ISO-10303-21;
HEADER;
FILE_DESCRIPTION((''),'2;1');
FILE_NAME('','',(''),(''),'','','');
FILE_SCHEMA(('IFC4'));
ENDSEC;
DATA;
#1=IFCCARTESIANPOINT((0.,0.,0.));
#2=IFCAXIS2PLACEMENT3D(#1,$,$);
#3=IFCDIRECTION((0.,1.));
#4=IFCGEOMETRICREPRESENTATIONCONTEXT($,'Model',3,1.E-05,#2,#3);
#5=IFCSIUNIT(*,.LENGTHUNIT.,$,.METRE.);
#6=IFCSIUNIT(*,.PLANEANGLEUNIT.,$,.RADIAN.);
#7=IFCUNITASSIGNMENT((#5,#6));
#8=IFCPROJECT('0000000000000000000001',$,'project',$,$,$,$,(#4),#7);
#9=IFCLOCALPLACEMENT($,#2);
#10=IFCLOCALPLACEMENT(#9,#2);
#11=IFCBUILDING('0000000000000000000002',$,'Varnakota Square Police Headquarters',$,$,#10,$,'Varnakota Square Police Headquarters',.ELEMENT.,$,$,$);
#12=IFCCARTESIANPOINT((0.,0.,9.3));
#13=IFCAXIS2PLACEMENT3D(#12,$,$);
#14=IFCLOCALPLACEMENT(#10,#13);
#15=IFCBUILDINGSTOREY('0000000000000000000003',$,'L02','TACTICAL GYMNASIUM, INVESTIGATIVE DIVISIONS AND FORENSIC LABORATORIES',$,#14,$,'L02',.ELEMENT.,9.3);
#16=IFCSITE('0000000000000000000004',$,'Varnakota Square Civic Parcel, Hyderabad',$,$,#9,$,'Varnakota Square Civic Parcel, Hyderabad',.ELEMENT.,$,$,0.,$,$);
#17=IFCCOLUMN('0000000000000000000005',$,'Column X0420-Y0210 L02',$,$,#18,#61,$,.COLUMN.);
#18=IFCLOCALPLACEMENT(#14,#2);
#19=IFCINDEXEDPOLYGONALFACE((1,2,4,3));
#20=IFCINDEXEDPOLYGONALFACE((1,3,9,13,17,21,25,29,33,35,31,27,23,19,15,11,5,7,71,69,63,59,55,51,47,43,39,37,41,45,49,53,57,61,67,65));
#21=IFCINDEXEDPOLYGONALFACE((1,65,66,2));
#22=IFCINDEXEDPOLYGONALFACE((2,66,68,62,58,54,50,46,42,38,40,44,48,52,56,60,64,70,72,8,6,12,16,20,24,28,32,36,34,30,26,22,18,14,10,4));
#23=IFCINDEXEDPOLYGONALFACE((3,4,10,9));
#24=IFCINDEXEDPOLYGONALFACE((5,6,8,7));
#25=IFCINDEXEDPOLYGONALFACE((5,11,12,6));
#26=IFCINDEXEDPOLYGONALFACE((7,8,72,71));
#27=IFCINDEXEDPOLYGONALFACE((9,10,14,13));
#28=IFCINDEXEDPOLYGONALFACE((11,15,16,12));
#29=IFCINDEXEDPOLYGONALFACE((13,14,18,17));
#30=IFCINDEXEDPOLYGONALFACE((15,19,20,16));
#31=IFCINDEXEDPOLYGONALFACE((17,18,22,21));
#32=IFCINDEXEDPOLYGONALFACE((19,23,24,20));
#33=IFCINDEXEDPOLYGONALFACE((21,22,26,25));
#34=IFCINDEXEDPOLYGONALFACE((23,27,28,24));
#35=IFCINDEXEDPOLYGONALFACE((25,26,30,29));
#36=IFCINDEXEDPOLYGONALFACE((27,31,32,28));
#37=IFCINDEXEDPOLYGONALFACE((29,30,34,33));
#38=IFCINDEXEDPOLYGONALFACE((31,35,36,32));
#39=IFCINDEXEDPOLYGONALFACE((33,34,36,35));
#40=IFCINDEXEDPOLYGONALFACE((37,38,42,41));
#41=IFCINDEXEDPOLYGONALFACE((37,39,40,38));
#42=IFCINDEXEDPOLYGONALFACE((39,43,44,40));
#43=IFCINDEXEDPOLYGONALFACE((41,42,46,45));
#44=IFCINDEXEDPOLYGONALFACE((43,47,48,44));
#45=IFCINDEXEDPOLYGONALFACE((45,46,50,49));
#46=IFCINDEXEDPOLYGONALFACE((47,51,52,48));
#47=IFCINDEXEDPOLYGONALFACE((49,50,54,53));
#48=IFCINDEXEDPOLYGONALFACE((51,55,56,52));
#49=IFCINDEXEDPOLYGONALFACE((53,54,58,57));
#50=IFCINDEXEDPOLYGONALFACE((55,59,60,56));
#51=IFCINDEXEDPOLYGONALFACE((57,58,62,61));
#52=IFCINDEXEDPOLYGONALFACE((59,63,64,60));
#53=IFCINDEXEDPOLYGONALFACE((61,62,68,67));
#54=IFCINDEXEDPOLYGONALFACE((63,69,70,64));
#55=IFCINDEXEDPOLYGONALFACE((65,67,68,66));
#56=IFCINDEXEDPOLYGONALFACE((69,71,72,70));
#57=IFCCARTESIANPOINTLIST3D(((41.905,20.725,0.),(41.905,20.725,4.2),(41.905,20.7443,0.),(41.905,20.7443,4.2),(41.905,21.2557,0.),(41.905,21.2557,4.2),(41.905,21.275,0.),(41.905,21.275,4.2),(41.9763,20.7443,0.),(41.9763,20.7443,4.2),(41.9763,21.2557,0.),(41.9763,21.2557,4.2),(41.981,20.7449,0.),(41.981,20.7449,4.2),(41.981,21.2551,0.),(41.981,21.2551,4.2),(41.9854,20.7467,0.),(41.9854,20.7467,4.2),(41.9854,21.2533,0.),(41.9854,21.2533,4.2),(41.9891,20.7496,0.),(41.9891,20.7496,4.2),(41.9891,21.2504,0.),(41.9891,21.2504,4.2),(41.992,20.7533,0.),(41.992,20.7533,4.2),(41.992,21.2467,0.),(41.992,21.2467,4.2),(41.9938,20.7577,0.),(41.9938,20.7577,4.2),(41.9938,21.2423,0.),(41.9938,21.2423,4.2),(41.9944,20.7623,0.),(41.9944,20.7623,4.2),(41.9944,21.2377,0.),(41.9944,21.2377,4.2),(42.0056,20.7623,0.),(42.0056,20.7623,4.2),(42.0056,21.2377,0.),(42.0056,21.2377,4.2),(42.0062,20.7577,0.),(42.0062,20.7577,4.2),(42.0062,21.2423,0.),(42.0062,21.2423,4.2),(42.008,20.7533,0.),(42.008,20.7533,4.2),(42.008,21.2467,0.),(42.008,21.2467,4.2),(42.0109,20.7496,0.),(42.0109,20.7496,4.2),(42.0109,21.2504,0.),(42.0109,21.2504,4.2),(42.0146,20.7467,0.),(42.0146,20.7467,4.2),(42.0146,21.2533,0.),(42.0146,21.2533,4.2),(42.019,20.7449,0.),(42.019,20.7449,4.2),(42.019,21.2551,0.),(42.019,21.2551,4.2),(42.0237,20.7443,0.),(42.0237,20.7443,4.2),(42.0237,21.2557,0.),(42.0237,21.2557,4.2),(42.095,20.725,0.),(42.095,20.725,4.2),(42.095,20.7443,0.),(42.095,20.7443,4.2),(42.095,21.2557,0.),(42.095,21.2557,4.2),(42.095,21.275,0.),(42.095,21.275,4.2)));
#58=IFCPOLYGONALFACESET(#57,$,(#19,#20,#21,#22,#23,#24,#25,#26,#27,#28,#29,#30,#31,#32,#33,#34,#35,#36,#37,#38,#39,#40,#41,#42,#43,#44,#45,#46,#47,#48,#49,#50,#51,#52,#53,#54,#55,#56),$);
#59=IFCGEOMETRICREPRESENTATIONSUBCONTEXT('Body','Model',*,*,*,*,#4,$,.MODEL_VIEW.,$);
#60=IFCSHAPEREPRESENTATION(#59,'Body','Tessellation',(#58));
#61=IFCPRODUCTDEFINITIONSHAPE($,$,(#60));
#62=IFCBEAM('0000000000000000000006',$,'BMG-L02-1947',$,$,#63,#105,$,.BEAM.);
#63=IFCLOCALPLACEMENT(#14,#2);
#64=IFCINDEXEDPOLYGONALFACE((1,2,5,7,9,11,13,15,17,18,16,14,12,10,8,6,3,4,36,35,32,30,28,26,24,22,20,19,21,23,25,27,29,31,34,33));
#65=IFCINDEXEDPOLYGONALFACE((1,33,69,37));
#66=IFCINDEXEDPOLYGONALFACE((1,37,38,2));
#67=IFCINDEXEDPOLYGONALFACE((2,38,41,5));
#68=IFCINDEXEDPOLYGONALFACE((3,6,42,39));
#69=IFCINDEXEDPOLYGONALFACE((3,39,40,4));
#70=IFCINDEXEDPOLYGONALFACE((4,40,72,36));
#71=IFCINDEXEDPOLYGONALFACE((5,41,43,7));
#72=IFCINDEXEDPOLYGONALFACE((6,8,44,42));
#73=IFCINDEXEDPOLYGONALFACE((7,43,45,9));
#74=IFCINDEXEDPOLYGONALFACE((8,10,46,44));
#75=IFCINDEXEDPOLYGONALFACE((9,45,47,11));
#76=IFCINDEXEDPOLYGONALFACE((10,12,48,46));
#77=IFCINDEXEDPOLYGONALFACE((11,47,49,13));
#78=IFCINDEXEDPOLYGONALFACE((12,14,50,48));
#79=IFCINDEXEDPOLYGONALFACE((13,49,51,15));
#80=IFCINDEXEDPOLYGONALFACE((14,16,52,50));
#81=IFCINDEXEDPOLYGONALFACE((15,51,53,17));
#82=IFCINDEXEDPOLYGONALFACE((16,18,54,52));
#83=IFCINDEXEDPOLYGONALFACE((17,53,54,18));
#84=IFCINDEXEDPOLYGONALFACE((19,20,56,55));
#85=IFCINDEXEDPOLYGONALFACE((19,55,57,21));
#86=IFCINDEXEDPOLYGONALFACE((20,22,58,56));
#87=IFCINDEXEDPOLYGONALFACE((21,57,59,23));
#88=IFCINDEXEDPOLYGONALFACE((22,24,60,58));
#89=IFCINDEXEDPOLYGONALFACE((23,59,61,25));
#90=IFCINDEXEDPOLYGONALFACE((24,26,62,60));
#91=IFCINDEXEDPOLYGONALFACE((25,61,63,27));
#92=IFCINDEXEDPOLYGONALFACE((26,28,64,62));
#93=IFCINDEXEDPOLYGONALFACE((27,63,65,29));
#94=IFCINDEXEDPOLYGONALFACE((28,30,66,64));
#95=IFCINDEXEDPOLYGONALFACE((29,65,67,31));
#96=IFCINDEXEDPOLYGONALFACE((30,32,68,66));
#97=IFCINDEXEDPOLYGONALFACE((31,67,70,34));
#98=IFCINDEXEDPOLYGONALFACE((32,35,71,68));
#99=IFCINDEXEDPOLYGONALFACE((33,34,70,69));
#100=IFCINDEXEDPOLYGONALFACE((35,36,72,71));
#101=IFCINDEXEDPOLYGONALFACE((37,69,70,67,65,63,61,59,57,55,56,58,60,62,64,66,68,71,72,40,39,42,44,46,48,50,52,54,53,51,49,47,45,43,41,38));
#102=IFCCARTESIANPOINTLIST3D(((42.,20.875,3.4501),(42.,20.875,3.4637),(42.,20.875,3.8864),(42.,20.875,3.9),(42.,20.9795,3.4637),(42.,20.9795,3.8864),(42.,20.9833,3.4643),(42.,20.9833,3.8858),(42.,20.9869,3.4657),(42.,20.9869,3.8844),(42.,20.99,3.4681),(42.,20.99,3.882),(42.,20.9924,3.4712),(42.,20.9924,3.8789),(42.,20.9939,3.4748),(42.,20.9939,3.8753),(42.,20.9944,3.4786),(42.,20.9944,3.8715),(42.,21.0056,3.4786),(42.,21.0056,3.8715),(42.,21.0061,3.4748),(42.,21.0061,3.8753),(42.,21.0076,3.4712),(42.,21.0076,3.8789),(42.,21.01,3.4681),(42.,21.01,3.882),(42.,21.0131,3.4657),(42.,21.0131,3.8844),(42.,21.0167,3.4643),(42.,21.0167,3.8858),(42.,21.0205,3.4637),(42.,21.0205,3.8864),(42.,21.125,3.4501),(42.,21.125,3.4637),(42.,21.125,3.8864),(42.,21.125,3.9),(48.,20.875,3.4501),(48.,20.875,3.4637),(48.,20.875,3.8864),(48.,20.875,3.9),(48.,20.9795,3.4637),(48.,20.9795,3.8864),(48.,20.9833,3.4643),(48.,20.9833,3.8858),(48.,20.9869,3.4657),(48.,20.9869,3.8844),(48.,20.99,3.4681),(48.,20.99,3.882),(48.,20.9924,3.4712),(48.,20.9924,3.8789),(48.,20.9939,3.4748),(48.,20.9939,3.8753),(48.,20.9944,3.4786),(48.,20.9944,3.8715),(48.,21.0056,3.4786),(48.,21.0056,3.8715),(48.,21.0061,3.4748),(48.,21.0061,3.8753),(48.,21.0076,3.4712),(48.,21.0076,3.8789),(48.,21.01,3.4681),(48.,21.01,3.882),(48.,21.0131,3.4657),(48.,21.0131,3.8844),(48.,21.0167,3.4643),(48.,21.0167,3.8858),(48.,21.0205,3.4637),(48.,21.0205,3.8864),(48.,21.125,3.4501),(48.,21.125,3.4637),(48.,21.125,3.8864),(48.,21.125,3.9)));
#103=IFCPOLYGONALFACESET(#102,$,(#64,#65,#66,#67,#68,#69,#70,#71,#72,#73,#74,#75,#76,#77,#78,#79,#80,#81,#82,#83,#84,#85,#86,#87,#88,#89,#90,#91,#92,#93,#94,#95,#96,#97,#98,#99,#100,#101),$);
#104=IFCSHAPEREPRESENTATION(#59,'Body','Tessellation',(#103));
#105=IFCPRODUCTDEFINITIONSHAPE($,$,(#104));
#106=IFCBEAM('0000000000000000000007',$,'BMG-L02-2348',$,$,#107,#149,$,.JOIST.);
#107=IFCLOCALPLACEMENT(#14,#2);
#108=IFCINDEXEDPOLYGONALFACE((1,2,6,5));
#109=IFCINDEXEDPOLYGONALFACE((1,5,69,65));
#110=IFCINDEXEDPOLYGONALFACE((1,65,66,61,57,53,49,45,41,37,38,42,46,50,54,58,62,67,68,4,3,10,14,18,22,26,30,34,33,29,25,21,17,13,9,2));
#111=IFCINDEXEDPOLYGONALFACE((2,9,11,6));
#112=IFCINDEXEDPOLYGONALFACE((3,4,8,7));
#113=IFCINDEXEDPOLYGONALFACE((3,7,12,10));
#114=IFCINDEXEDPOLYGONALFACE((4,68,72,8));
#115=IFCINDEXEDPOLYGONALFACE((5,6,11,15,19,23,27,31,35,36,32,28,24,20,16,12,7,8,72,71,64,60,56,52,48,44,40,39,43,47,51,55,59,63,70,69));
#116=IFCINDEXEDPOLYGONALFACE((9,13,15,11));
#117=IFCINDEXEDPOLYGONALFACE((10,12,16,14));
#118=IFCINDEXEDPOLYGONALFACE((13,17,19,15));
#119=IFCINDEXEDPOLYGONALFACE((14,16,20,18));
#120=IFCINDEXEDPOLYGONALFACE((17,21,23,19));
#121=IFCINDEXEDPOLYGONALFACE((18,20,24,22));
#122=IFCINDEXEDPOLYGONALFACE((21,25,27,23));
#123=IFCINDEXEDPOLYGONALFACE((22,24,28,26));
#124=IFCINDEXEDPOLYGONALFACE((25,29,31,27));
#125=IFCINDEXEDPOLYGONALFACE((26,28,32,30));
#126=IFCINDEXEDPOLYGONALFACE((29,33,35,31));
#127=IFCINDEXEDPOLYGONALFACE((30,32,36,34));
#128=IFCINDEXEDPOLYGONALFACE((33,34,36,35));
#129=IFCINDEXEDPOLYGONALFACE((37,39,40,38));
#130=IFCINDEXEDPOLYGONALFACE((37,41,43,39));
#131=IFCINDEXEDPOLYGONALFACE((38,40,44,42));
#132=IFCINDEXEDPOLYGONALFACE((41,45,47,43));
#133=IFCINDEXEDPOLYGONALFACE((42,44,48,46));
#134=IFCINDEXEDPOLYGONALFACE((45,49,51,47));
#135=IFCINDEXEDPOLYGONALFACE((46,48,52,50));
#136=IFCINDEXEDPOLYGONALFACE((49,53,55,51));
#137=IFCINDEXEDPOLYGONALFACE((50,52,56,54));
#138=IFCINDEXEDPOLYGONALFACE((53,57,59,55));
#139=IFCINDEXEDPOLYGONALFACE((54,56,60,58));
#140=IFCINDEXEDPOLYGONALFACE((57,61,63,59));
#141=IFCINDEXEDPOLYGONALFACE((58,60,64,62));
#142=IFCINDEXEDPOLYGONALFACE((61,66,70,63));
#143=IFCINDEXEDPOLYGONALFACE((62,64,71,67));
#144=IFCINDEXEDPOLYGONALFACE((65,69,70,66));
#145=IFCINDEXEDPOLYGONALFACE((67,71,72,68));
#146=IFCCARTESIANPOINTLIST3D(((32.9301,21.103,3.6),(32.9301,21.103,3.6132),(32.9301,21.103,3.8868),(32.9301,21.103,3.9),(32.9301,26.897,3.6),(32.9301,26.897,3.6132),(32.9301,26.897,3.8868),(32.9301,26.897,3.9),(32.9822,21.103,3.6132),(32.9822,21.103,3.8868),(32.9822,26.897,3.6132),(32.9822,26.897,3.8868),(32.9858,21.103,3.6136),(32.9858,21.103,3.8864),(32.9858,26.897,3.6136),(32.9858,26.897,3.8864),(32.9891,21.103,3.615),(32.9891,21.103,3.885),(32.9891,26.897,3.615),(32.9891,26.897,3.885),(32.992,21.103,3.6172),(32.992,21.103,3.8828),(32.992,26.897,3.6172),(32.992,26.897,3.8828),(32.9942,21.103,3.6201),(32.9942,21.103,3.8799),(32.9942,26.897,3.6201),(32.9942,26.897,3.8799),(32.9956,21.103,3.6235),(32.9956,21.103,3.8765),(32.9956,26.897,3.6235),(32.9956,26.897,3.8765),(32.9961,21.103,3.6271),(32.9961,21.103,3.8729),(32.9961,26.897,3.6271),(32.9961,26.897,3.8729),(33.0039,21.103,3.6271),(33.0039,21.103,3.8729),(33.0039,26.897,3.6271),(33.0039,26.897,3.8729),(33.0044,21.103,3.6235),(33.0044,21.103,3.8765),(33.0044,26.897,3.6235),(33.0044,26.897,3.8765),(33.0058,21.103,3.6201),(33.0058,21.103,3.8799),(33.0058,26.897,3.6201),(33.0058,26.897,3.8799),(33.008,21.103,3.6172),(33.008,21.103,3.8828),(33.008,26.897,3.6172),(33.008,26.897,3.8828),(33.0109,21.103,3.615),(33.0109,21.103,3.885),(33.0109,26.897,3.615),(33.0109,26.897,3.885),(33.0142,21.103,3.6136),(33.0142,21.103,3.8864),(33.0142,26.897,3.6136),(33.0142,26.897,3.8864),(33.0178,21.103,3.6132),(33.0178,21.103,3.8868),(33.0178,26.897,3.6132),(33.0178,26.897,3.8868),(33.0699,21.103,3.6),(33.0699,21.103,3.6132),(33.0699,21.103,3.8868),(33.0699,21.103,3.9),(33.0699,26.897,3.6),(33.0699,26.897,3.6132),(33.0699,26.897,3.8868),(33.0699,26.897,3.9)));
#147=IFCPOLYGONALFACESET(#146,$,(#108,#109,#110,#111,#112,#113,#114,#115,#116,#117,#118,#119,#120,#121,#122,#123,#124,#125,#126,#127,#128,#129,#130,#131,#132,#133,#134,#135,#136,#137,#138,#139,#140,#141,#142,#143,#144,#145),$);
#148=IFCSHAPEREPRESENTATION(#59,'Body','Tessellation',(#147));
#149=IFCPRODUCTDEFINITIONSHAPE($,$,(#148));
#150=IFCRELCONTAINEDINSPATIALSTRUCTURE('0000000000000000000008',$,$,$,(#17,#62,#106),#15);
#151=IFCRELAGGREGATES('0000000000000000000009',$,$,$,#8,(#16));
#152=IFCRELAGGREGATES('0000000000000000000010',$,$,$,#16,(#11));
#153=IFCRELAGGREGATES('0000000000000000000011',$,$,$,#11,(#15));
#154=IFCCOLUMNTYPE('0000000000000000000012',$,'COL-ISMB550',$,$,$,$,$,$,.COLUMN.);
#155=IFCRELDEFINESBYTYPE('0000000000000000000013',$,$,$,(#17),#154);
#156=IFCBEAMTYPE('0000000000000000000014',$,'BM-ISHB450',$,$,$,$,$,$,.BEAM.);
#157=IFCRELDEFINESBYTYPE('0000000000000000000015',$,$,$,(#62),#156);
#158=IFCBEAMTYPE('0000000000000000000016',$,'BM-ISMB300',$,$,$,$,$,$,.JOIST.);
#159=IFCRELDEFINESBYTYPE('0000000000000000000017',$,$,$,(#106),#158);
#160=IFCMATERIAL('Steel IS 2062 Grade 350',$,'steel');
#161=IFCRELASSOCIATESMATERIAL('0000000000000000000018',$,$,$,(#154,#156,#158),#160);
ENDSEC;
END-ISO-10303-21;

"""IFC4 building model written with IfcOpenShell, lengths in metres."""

from ifc_helpers import new_model, si_unit, direction, frame, origin, origin_2d, place, context, subcontext, project, spatial, i_section, extrude, material, material_profile, profile_set, type_object, element, save


model = new_model("IFC4")

# Units and contexts
model_context = context("Model", 3, precision=1e-05, world=origin(), true_north=direction((0.0, 1.0)))
body_context = subcontext(model_context, "Body", "Model", "MODEL_VIEW")
ifc_project = project(units=[si_unit("LENGTHUNIT", "METRE"), si_unit("PLANEANGLEUNIT", "RADIAN")], contexts=[model_context])

# Site, building, storey
site_placement = place(None, origin())
site = spatial("IfcSite", under=ifc_project, at=site_placement, Name="Varnakota Square Civic Parcel, Hyderabad", LongName="Varnakota Square Civic Parcel, Hyderabad", CompositionType="ELEMENT", RefElevation=0.0)
building_placement = place(site_placement, origin())
building = spatial("IfcBuilding", under=site, at=building_placement, Name="Varnakota Square Police Headquarters", LongName="Varnakota Square Police Headquarters", CompositionType="ELEMENT")
storey_placement = place(building_placement, frame((0.0, 0.0, 9.3)))
storey = spatial("IfcBuildingStorey", under=building, at=storey_placement, Name="L02", Description="TACTICAL GYMNASIUM, INVESTIGATIVE DIVISIONS AND FORENSIC LABORATORIES", LongName="L02", CompositionType="ELEMENT", Elevation=9.3)

# Column
ifc_material_1 = material(Name="Steel IS 2062 Grade 350", Category="steel")
ifc_material_profile_1 = material_profile(ifc_material_1, i_section(OverallWidth=0.1899, OverallDepth=0.55, WebThickness=0.0112, FlangeThickness=0.0193, FilletRadius=0.0181, at=origin_2d()), Name="ISMB 550")
ifc_profile_set_1 = profile_set([ifc_material_profile_1], Name="Steel IS 2062 Grade 350")
column_type = type_object("IfcColumnType", Name="COL-ISMB550", PredefinedType="COLUMN", material=ifc_profile_set_1)
column_placement = place(storey_placement, frame((42.0, 21.0, 0.0), z_axis=(0.0, 0.0, 1.0), x_axis=(1.0, 0.0, 0.0)))
element("IfcColumn", 1, at=column_placement, inside=storey, type_object=column_type, Name="Column X0420-Y0210 L02", PredefinedType="COLUMN", context=body_context, shape_type="SweptSolid", body=[
    extrude(i_section(OverallWidth=0.1899, OverallDepth=0.55, WebThickness=0.0112, FlangeThickness=0.0193, FilletRadius=0.0181, at=origin_2d()), origin(), (0.0, 0.0, 1.0), 4.2),
])

# Beams
ifc_material_profile_2 = material_profile(ifc_material_1, i_section(OverallWidth=0.25, OverallDepth=0.45, WebThickness=0.0112, FlangeThickness=0.0137, FilletRadius=0.0149, at=origin_2d()), Name="ISHB 450")
ifc_profile_set_2 = profile_set([ifc_material_profile_2], Name="Steel IS 2062 Grade 350")
beam_type_1 = type_object("IfcBeamType", Name="BM-ISHB450", PredefinedType="BEAM", material=ifc_profile_set_2)
beam_1_placement = place(storey_placement, frame((42.0, 21.0, 3.675), z_axis=(1.0, 0.0, 0.0), x_axis=(0.0, 1.0, 0.0)))
element("IfcBeam", 2, at=beam_1_placement, inside=storey, type_object=beam_type_1, Name="BMG-L02-1947", PredefinedType="BEAM", context=body_context, shape_type="SweptSolid", body=[
    extrude(i_section(OverallWidth=0.25, OverallDepth=0.45, WebThickness=0.0112, FlangeThickness=0.0137, FilletRadius=0.0149, at=origin_2d()), origin(), (0.0, 0.0, 1.0), 6.0),
])
ifc_material_profile_3 = material_profile(ifc_material_1, i_section(OverallWidth=0.1399, OverallDepth=0.3, WebThickness=0.0078, FlangeThickness=0.0132, FilletRadius=0.0139, at=origin_2d()), Name="ISMB 300")
ifc_profile_set_3 = profile_set([ifc_material_profile_3], Name="Steel IS 2062 Grade 350")
beam_type_2 = type_object("IfcBeamType", Name="BM-ISMB300", PredefinedType="JOIST", material=ifc_profile_set_3)
beam_2_placement = place(storey_placement, frame((33.0, 21.103, 3.75), z_axis=(0.0, 1.0, 0.0), x_axis=(-1.0, 0.0, 0.0)))
element("IfcBeam", 3, at=beam_2_placement, inside=storey, type_object=beam_type_2, Name="BMG-L02-2348", PredefinedType="JOIST", context=body_context, shape_type="SweptSolid", body=[
    extrude(i_section(OverallWidth=0.1399, OverallDepth=0.3, WebThickness=0.0078, FlangeThickness=0.0132, FilletRadius=0.0139, at=origin_2d()), origin(), (0.0, 0.0, 1.0), 5.7939),
])

save(model, "model.ifc")
